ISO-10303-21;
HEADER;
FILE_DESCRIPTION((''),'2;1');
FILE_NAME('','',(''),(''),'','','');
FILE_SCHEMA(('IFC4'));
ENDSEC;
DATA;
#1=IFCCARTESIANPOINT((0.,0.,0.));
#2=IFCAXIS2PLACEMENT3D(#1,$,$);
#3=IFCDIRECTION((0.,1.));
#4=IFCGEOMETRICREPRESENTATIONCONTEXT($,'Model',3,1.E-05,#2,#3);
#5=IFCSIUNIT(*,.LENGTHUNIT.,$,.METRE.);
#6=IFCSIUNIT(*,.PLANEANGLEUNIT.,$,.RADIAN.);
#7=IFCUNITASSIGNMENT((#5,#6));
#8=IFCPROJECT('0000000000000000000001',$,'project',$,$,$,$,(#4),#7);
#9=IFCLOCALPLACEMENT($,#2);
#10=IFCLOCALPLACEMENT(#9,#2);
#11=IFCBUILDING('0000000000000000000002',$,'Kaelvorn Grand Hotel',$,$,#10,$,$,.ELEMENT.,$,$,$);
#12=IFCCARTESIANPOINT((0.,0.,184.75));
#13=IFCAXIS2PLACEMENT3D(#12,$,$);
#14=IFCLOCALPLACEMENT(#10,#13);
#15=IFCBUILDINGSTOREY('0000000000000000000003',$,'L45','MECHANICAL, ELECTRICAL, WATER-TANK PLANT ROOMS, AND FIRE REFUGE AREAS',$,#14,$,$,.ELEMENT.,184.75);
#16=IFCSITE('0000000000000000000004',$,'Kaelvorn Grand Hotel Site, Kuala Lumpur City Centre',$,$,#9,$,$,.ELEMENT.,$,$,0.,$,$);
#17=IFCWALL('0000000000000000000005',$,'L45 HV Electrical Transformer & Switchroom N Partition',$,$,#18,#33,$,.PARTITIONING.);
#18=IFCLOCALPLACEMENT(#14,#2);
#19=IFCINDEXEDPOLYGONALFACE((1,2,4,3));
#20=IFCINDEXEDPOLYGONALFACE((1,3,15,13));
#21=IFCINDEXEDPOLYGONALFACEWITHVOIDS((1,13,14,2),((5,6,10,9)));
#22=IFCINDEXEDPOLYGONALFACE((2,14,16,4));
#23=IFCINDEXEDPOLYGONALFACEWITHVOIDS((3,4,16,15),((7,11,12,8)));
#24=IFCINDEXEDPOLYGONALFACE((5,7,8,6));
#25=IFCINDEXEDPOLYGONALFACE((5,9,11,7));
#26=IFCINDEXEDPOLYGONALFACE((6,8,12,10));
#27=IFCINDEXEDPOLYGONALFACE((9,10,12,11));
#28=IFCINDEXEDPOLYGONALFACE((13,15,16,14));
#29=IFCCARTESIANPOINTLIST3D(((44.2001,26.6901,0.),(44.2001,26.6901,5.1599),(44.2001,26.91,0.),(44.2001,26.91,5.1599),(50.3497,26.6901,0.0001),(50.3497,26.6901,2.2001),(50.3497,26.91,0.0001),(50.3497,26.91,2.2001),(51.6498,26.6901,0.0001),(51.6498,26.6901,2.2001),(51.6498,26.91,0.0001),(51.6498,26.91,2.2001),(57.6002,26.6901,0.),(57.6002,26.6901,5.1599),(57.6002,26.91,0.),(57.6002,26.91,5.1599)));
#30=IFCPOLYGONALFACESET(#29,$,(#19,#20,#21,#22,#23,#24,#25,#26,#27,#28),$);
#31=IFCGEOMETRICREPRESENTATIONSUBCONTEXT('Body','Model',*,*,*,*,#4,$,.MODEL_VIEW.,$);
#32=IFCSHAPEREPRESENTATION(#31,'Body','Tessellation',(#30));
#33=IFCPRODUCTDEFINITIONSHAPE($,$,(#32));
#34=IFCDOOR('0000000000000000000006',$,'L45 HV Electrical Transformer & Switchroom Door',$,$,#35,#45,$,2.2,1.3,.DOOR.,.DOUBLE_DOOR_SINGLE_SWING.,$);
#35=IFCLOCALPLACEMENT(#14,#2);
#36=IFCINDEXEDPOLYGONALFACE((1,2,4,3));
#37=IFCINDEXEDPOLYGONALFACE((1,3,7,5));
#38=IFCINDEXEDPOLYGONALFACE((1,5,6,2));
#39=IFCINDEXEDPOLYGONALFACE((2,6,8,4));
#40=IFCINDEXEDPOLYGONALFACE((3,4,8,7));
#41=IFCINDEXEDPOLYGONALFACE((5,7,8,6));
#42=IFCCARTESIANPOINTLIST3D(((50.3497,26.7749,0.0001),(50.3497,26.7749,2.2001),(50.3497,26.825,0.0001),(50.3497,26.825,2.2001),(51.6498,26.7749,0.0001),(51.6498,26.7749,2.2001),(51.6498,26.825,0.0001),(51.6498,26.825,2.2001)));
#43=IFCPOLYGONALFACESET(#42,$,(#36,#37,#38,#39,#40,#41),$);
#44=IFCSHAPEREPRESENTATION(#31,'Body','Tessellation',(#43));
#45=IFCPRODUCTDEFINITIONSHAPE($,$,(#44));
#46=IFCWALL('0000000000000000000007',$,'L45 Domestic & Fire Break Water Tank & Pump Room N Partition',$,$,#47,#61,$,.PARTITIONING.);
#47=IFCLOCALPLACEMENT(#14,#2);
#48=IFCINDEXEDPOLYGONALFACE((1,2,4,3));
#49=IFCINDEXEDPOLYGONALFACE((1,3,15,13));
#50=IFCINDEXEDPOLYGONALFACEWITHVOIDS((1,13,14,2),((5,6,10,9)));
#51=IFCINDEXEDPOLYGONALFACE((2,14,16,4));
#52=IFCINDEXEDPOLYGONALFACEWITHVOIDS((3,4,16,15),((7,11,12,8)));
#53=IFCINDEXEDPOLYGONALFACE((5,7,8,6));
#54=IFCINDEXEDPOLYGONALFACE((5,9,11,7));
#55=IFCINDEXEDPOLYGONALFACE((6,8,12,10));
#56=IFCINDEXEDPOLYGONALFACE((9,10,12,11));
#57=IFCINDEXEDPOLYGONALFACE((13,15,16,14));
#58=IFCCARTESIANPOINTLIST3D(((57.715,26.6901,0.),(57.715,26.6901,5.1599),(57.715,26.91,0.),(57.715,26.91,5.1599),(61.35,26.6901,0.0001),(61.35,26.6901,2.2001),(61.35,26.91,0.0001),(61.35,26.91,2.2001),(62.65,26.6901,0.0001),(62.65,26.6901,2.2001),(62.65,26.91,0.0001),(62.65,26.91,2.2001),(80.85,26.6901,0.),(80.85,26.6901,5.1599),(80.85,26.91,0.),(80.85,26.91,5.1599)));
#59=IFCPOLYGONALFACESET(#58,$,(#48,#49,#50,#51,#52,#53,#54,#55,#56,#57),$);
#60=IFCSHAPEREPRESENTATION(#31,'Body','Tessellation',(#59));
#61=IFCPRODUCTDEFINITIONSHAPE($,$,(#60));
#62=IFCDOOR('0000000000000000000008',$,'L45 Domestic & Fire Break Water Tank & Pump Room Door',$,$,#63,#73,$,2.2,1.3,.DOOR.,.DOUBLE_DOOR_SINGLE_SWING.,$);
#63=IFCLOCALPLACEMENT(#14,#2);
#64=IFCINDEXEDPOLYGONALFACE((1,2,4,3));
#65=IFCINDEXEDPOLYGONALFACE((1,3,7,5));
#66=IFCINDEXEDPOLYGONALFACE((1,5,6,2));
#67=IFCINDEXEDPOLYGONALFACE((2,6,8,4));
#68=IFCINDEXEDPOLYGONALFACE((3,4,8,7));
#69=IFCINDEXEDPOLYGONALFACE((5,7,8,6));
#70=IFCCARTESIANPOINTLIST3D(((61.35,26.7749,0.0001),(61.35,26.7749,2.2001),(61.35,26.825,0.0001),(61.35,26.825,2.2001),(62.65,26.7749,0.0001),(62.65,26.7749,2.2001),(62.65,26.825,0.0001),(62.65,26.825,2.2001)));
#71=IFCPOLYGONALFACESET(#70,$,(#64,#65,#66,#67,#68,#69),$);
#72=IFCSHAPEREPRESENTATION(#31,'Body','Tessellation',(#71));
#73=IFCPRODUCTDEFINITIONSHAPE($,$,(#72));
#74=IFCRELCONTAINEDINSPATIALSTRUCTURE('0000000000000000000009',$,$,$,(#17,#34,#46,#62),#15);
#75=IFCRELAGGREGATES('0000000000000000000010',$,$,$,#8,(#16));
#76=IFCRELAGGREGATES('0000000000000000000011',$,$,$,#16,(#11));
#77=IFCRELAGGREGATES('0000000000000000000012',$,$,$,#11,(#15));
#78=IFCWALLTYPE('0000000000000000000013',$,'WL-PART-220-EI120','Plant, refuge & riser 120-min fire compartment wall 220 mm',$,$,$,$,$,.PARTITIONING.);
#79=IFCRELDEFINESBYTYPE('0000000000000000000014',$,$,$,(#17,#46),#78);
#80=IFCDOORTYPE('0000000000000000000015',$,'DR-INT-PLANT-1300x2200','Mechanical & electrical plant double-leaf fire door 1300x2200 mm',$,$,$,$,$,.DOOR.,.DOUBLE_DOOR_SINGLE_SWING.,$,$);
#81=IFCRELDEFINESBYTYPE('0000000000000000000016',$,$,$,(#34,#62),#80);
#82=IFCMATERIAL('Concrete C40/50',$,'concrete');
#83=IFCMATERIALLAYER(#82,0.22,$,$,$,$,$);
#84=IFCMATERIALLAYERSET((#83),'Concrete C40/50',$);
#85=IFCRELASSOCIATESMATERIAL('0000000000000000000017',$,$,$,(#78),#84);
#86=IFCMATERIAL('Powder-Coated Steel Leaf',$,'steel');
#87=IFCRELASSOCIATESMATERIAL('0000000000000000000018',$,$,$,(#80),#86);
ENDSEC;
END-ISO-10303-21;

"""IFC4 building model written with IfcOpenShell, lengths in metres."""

from ifc_helpers import new_model, si_unit, direction, frame, frame_2d, origin, place, context, subcontext, project, spatial, rectangle, extrude, material, layer, layer_set, type_object, element, fill, save


model = new_model("IFC4")

# Units and contexts
model_context = context("Model", 3, precision=1e-05, world=origin(), true_north=direction((0.0, 1.0)))
body_context = subcontext(model_context, "Body", "Model", "MODEL_VIEW")
ifc_project = project(units=[si_unit("LENGTHUNIT", "METRE"), si_unit("PLANEANGLEUNIT", "RADIAN")], contexts=[model_context])

# Site, building, storey
site_placement = place(None, origin())
site = spatial("IfcSite", under=ifc_project, at=site_placement, Name="Kaelvorn Grand Hotel Site, Kuala Lumpur City Centre", CompositionType="ELEMENT", RefElevation=0.0)
building_placement = place(site_placement, origin())
building = spatial("IfcBuilding", under=site, at=building_placement, Name="Kaelvorn Grand Hotel", CompositionType="ELEMENT")
storey_placement = place(building_placement, frame((0.0, 0.0, 184.75)))
storey = spatial("IfcBuildingStorey", under=building, at=storey_placement, Name="L45", Description="MECHANICAL, ELECTRICAL, WATER-TANK PLANT ROOMS, AND FIRE REFUGE AREAS", CompositionType="ELEMENT", Elevation=184.75)

# Walls, openings, doors
ifc_material_1 = material(Name="Concrete C40/50", Category="concrete")
ifc_layer_1 = layer(ifc_material_1, 0.22)
ifc_layer_set_1 = layer_set([ifc_layer_1], Name="Concrete C40/50")
wall_type_1 = type_object("IfcWallType", Name="WL-PART-220-EI120", Description="Plant, refuge & riser 120-min fire compartment wall 220 mm", PredefinedType="PARTITIONING", material=ifc_layer_set_1)
wall_1_placement = place(storey_placement, frame((44.2, 26.8, 0.0), z_axis=(0.0, 0.0, 1.0), x_axis=(1.0, 0.0, 0.0)))
wall_1 = element("IfcWall", 1, at=wall_1_placement, inside=storey, type_object=wall_type_1, Name="L45 HV Electrical Transformer & Switchroom N Partition", PredefinedType="PARTITIONING", context=body_context, shape_type="SweptSolid", body=[
    extrude(rectangle(XDim=13.4001, YDim=0.22, at=frame_2d((6.7002, 0.0))), origin(), (0.0, 0.0, 1.0), 5.1599),
])
opening_1_placement = place(wall_1_placement, frame((6.1499, 0.0, 0.0)))
opening_1 = element("IfcOpeningElement", 2, at=opening_1_placement, cuts=wall_1, PredefinedType="OPENING", context=body_context, shape_type="SweptSolid", body=[
    extrude(rectangle(XDim=1.3, YDim=2.2, at=frame_2d((0.6499, 1.1001))), frame((0.0, 0.1201, 0.0), z_axis=(0.0, -1.0, 0.0), x_axis=(1.0, 0.0, 0.0)), (0.0, 0.0, 1.0), 0.24),
])
ifc_material_2 = material(Name="Powder-Coated Steel Leaf", Category="steel")
door_type = type_object("IfcDoorType", Name="DR-INT-PLANT-1300x2200", Description="Mechanical & electrical plant double-leaf fire door 1300x2200 mm", OperationType="DOUBLE_DOOR_SINGLE_SWING", PredefinedType="DOOR", material=ifc_material_2)
door_1_placement = place(opening_1_placement, origin())
door_1 = element("IfcDoor", 3, at=door_1_placement, inside=storey, type_object=door_type, Name="L45 HV Electrical Transformer & Switchroom Door", OperationType="DOUBLE_DOOR_SINGLE_SWING", OverallHeight=2.2, OverallWidth=1.3, PredefinedType="DOOR", context=body_context, shape_type="SweptSolid", body=[
    extrude(rectangle(XDim=1.3, YDim=2.2, at=frame_2d((0.6499, 1.1001))), frame((0.0, 0.0249, 0.0), z_axis=(0.0, -1.0, 0.0), x_axis=(1.0, 0.0, 0.0)), (0.0, 0.0, 1.0), 0.05),
])
fill(opening_1, door_1)
wall_2_placement = place(storey_placement, frame((57.7151, 26.8, 0.0), z_axis=(0.0, 0.0, 1.0), x_axis=(1.0, 0.0, 0.0)))
wall_2 = element("IfcWall", 4, at=wall_2_placement, inside=storey, type_object=wall_type_1, Name="L45 Domestic & Fire Break Water Tank & Pump Room N Partition", PredefinedType="PARTITIONING", context=body_context, shape_type="SweptSolid", body=[
    extrude(rectangle(XDim=23.135, YDim=0.22, at=frame_2d((11.5674, 0.0))), origin(), (0.0, 0.0, 1.0), 5.1599),
])
opening_2_placement = place(wall_2_placement, frame((3.635, 0.0, 0.0)))
opening_2 = element("IfcOpeningElement", 5, at=opening_2_placement, cuts=wall_2, PredefinedType="OPENING", context=body_context, shape_type="SweptSolid", body=[
    extrude(rectangle(XDim=1.3, YDim=2.2, at=frame_2d((0.6499, 1.1001))), frame((0.0, 0.1201, 0.0), z_axis=(0.0, -1.0, 0.0), x_axis=(1.0, 0.0, 0.0)), (0.0, 0.0, 1.0), 0.24),
])
door_2_placement = place(opening_2_placement, origin())
door_2 = element("IfcDoor", 6, at=door_2_placement, inside=storey, type_object=door_type, Name="L45 Domestic & Fire Break Water Tank & Pump Room Door", OperationType="DOUBLE_DOOR_SINGLE_SWING", OverallHeight=2.2, OverallWidth=1.3, PredefinedType="DOOR", context=body_context, shape_type="SweptSolid", body=[
    extrude(rectangle(XDim=1.3, YDim=2.2, at=frame_2d((0.6499, 1.1001))), frame((0.0, 0.0249, 0.0), z_axis=(0.0, -1.0, 0.0), x_axis=(1.0, 0.0, 0.0)), (0.0, 0.0, 1.0), 0.05),
])
fill(opening_2, door_2)

save(model, "model.ifc")
